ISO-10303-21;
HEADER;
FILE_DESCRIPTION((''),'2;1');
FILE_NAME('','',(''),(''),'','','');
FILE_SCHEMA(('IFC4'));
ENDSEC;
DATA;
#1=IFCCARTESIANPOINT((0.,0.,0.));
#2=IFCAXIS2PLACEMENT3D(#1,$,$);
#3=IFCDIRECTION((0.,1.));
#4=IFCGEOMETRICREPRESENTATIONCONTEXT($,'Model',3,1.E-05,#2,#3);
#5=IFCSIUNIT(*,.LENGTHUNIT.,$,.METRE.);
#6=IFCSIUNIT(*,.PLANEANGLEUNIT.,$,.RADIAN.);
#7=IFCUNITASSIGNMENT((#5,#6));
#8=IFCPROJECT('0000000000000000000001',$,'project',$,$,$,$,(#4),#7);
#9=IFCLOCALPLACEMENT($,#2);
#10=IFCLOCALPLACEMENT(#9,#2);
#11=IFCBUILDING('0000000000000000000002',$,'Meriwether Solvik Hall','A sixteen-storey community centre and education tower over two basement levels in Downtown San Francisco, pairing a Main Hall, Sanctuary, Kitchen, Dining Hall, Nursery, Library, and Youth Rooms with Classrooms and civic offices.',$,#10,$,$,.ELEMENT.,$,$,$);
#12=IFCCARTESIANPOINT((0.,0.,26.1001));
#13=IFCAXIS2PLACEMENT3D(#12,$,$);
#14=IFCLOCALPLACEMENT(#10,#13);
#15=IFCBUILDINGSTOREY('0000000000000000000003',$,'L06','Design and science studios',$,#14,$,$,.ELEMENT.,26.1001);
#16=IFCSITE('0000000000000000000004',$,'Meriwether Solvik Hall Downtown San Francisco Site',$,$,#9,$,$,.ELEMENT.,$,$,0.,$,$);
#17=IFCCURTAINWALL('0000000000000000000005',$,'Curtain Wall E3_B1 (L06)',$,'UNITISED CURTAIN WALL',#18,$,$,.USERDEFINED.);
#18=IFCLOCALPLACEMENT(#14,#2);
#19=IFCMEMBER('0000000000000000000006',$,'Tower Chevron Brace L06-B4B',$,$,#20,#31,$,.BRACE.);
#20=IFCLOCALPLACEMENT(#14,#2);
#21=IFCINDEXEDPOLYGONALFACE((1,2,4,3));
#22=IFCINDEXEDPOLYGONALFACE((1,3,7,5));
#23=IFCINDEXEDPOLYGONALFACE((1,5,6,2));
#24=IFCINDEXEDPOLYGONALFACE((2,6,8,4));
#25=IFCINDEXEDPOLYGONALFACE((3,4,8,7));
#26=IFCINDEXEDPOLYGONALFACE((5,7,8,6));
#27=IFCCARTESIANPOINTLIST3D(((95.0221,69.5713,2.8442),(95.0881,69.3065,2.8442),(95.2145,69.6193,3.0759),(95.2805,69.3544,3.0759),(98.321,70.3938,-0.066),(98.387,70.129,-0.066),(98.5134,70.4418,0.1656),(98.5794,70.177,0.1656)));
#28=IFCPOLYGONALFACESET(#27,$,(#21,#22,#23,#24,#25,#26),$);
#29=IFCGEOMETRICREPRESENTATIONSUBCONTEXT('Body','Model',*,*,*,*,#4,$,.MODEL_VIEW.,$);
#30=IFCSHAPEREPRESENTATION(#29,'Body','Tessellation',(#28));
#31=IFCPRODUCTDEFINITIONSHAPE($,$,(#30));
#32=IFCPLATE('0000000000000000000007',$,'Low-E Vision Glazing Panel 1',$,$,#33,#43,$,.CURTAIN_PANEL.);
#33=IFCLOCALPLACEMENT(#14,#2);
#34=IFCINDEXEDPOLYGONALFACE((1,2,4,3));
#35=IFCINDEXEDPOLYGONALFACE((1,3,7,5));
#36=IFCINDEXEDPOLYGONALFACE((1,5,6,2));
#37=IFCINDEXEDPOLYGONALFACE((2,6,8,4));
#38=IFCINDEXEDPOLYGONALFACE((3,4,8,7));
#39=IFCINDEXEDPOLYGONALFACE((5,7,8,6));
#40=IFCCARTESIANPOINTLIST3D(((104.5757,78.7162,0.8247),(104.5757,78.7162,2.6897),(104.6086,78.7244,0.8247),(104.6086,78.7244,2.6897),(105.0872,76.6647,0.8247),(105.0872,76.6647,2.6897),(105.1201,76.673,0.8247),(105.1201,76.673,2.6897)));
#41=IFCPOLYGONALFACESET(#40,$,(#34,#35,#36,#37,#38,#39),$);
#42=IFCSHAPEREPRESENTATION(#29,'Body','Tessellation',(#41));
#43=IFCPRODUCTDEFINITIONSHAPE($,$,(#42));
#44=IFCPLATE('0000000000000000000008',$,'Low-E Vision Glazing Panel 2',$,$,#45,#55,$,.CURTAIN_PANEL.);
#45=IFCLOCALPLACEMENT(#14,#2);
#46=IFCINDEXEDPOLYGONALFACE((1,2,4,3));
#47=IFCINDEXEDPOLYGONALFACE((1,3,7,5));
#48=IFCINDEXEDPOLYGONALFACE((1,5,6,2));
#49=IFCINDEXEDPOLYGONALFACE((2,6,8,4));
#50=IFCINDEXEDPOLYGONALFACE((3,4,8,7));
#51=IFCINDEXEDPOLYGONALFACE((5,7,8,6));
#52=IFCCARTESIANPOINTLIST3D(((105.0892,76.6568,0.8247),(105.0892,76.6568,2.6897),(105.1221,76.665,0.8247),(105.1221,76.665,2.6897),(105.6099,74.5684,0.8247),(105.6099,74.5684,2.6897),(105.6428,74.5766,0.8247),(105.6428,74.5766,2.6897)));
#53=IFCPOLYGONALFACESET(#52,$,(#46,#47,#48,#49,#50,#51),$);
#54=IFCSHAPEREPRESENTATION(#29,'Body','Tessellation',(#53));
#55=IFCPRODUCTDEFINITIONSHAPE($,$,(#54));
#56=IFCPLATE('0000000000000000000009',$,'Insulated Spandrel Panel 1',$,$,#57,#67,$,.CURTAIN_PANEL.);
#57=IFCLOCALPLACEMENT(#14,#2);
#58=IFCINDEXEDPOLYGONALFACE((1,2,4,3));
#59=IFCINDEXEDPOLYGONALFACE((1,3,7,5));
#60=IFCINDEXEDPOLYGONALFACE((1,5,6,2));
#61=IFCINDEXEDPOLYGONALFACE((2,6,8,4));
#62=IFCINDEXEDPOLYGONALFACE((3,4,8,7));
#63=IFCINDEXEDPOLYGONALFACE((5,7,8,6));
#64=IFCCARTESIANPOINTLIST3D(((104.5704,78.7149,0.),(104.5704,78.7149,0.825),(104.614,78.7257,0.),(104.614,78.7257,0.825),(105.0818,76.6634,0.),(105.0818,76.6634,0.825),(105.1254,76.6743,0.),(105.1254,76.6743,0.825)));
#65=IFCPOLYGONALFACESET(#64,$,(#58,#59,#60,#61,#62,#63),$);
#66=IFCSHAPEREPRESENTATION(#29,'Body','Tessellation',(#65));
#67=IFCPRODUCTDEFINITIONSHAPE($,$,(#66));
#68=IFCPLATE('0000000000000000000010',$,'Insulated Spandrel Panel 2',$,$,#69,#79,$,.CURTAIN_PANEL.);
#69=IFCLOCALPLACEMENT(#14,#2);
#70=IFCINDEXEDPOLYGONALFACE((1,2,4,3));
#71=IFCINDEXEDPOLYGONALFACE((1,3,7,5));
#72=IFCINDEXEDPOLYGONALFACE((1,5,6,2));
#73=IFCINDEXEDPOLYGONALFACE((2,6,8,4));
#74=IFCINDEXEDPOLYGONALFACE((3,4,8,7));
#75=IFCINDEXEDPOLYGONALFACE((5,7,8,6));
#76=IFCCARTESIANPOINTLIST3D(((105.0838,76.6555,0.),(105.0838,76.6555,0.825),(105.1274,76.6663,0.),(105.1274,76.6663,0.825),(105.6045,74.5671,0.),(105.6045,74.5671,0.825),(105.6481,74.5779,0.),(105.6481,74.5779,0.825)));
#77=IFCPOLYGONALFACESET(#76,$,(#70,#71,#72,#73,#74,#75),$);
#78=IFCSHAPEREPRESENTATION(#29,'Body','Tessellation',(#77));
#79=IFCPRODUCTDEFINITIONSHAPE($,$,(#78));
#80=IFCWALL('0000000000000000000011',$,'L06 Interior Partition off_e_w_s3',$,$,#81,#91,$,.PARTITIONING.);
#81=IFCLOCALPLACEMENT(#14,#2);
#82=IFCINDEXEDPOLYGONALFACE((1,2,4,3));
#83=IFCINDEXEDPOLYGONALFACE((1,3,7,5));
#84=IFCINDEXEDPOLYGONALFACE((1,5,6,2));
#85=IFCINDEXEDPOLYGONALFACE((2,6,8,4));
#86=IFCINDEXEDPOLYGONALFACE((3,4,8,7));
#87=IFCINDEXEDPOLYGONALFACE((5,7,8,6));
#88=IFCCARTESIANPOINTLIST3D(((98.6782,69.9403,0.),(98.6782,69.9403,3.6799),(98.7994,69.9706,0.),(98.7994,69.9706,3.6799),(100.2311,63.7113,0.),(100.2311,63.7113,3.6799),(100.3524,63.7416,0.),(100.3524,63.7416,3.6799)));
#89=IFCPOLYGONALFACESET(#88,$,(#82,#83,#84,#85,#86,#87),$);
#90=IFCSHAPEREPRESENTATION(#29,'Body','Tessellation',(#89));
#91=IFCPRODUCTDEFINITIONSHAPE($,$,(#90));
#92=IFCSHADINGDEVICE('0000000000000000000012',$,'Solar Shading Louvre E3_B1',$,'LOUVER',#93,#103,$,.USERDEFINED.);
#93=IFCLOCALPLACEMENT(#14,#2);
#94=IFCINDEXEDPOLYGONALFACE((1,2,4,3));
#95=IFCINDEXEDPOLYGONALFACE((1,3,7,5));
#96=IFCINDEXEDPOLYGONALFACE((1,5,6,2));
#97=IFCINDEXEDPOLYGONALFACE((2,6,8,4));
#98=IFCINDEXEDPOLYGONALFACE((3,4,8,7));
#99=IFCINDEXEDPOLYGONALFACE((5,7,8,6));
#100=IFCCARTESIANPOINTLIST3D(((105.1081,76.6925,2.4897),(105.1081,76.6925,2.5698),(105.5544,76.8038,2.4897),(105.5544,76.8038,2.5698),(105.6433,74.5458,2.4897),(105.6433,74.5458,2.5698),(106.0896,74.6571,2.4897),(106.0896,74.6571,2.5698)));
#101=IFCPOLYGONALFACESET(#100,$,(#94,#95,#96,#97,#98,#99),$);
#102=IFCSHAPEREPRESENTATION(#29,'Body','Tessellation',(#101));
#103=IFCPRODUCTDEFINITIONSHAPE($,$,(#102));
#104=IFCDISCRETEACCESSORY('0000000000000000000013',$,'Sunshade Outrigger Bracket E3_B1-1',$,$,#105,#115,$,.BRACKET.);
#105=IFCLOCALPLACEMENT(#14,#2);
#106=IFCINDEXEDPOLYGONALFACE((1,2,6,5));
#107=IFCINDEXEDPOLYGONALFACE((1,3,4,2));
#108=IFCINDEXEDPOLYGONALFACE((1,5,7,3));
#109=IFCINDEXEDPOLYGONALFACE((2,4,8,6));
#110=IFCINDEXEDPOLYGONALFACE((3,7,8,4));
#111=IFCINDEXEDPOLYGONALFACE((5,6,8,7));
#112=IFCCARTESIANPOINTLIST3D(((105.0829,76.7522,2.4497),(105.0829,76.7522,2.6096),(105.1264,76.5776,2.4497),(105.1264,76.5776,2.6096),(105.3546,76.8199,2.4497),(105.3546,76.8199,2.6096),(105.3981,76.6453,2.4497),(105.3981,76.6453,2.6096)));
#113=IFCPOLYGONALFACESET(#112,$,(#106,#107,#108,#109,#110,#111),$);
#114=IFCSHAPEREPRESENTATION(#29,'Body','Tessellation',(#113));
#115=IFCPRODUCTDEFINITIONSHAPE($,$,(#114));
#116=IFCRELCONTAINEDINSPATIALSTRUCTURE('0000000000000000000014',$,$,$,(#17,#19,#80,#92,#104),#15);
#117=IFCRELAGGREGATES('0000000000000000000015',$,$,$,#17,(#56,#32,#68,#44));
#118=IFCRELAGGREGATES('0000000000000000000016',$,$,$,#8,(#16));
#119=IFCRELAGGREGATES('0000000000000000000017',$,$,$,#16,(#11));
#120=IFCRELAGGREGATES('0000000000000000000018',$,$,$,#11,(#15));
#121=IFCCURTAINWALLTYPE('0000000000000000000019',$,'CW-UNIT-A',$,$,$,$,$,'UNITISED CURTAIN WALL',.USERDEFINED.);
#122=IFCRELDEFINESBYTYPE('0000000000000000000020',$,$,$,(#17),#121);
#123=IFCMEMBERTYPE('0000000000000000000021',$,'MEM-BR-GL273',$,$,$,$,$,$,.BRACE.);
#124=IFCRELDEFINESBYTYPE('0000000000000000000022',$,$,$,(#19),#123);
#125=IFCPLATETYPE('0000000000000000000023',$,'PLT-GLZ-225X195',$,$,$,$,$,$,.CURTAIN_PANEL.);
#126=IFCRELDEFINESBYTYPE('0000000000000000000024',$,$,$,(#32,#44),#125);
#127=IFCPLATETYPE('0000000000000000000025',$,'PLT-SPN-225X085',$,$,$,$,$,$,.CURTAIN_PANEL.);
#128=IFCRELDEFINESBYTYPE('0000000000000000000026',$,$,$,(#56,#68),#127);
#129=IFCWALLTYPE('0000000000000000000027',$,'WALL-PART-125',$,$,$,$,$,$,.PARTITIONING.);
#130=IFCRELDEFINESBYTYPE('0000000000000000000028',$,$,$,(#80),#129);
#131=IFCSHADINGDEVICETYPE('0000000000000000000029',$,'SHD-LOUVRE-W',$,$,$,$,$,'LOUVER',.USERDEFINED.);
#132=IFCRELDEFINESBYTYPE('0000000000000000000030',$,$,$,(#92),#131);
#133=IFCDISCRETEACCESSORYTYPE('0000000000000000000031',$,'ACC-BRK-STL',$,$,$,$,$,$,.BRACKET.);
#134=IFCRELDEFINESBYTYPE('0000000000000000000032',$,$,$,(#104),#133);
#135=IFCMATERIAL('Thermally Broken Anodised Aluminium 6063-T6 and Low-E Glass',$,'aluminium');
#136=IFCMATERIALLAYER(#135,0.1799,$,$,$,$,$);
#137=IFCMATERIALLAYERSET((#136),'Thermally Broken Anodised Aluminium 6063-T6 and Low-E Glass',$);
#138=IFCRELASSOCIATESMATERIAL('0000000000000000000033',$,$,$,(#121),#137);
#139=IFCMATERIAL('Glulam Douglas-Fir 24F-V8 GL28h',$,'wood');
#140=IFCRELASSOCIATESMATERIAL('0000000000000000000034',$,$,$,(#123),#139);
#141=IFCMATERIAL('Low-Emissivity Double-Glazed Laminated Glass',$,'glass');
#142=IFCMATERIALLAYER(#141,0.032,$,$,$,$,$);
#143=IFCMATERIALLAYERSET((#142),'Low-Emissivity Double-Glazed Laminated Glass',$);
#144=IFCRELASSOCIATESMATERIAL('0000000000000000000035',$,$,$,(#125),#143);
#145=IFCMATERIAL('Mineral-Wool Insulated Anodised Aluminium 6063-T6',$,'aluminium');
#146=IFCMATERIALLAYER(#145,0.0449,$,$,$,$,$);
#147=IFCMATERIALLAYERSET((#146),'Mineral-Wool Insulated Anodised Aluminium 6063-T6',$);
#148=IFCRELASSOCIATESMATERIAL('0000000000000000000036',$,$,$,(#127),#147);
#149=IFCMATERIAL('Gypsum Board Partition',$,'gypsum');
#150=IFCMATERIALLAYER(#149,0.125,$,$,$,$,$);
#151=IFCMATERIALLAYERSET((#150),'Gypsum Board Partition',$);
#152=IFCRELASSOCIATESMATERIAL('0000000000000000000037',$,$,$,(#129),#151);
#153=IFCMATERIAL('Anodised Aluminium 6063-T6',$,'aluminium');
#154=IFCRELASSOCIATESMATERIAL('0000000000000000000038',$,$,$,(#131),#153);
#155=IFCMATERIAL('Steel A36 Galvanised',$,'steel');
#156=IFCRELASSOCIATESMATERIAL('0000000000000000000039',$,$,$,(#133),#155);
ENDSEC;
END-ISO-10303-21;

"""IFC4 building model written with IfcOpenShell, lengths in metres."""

from ifc_helpers import new_model, si_unit, direction, frame, frame_2d, origin, origin_2d, place, context, subcontext, project, spatial, rectangle, extrude, material, layer, layer_set, material_profile, profile_set, type_object, element, aggregate, save


model = new_model("IFC4")

# Units and contexts
model_context = context("Model", 3, precision=1e-05, world=origin(), true_north=direction((0.0, 1.0)))
body_context = subcontext(model_context, "Body", "Model", "MODEL_VIEW")
ifc_project = project(units=[si_unit("LENGTHUNIT", "METRE"), si_unit("PLANEANGLEUNIT", "RADIAN")], contexts=[model_context])

# Site, building, storey
site_placement = place(None, origin())
site = spatial("IfcSite", under=ifc_project, at=site_placement, Name="Meriwether Solvik Hall Downtown San Francisco Site", CompositionType="ELEMENT", RefElevation=0.0)
building_placement = place(site_placement, origin())
building = spatial("IfcBuilding", under=site, at=building_placement, Name="Meriwether Solvik Hall", Description="A sixteen-storey community centre and education tower over two basement levels in Downtown San Francisco, pairing a Main Hall, Sanctuary, Kitchen, Dining Hall, Nursery, Library, and Youth Rooms with Classrooms and civic offices.", CompositionType="ELEMENT")
storey_placement = place(building_placement, frame((0.0, 0.0, 26.1001)))
storey = spatial("IfcBuildingStorey", under=building, at=storey_placement, Name="L06", Description="Design and science studios", CompositionType="ELEMENT", Elevation=26.1001)

# Curtain wall
ifc_material_1 = material(Name="Thermally Broken Anodised Aluminium 6063-T6 and Low-E Glass", Category="aluminium")
ifc_layer_1 = layer(ifc_material_1, 0.1799)
ifc_layer_set_1 = layer_set([ifc_layer_1], Name="Thermally Broken Anodised Aluminium 6063-T6 and Low-E Glass")
curtain_wall_type = type_object("IfcCurtainWallType", Name="CW-UNIT-A", ElementType="UNITISED CURTAIN WALL", PredefinedType="USERDEFINED", material=ifc_layer_set_1)
curtain_wall_placement = place(storey_placement, origin())
curtain_wall = element("IfcCurtainWall", 1, at=curtain_wall_placement, inside=storey, type_object=curtain_wall_type, Name="Curtain Wall E3_B1 (L06)", ObjectType="UNITISED CURTAIN WALL", PredefinedType="USERDEFINED")

# Member
ifc_material_2 = material(Name="Glulam Douglas-Fir 24F-V8 GL28h", Category="wood")
ifc_material_profile_1 = material_profile(ifc_material_2, rectangle(XDim=0.2729, YDim=0.3049, at=origin_2d()), Name="GLM-273X305")
ifc_profile_set_1 = profile_set([ifc_material_profile_1], Name="Glulam Douglas-Fir 24F-V8 GL28h")
member_type_1 = type_object("IfcMemberType", Name="MEM-BR-GL273", PredefinedType="BRACE", material=ifc_profile_set_1)
member_1_placement = place(storey_placement, frame((98.4502, 70.2854, 0.0498), z_axis=(-0.737128, -0.183791, 0.650279), x_axis=(0.241927, -0.970294, 0.0)))
element("IfcMember", 2, at=member_1_placement, inside=storey, type_object=member_type_1, Name="Tower Chevron Brace L06-B4B", PredefinedType="BRACE", context=body_context, shape_type="SweptSolid", body=[
    extrude(rectangle(XDim=0.2729, YDim=0.3049, at=origin_2d()), origin(), (0.0, 0.0, 1.0), 4.4753),
])

# Plates
ifc_material_3 = material(Name="Low-Emissivity Double-Glazed Laminated Glass", Category="glass")
ifc_layer_2 = layer(ifc_material_3, 0.032)
ifc_layer_set_2 = layer_set([ifc_layer_2], Name="Low-Emissivity Double-Glazed Laminated Glass")
plate_type_1 = type_object("IfcPlateType", Name="PLT-GLZ-225X195", PredefinedType="CURTAIN_PANEL", material=ifc_layer_set_2)
plate_1_placement = place(storey_placement, frame((104.8479, 77.6946, 0.8247), z_axis=(0.0, 0.0, 1.0), x_axis=(0.241922, -0.970296, 0.0)))
plate_1 = element("IfcPlate", 3, at=plate_1_placement, type_object=plate_type_1, Name="Low-E Vision Glazing Panel 1", PredefinedType="CURTAIN_PANEL", context=body_context, shape_type="SweptSolid", body=[
    extrude(rectangle(XDim=2.1143, YDim=0.0339, at=origin_2d()), origin(), (0.0, 0.0, 1.0), 1.865),
])
plate_2_placement = place(storey_placement, frame((105.366, 75.6167, 0.8247), z_axis=(0.0, 0.0, 1.0), x_axis=(0.241922, -0.970296, 0.0)))
plate_2 = element("IfcPlate", 4, at=plate_2_placement, type_object=plate_type_1, Name="Low-E Vision Glazing Panel 2", PredefinedType="CURTAIN_PANEL", context=body_context, shape_type="SweptSolid", body=[
    extrude(rectangle(XDim=2.1523, YDim=0.0339, at=origin_2d()), origin(), (0.0, 0.0, 1.0), 1.865),
])
ifc_material_4 = material(Name="Mineral-Wool Insulated Anodised Aluminium 6063-T6", Category="aluminium")
ifc_layer_3 = layer(ifc_material_4, 0.0449)
ifc_layer_set_3 = layer_set([ifc_layer_3], Name="Mineral-Wool Insulated Anodised Aluminium 6063-T6")
plate_type_2 = type_object("IfcPlateType", Name="PLT-SPN-225X085", PredefinedType="CURTAIN_PANEL", material=ifc_layer_set_3)
plate_3_placement = place(storey_placement, frame((104.8479, 77.6946, 0.0), z_axis=(0.0, 0.0, 1.0), x_axis=(0.241922, -0.970296, 0.0)))
plate_3 = element("IfcPlate", 5, at=plate_3_placement, type_object=plate_type_2, Name="Insulated Spandrel Panel 1", PredefinedType="CURTAIN_PANEL", context=body_context, shape_type="SweptSolid", body=[
    extrude(rectangle(XDim=2.1143, YDim=0.0449, at=origin_2d()), origin(), (0.0, 0.0, 1.0), 0.825),
])
plate_4_placement = place(storey_placement, frame((105.366, 75.6167, 0.0), z_axis=(0.0, 0.0, 1.0), x_axis=(0.241922, -0.970296, 0.0)))
plate_4 = element("IfcPlate", 6, at=plate_4_placement, type_object=plate_type_2, Name="Insulated Spandrel Panel 2", PredefinedType="CURTAIN_PANEL", context=body_context, shape_type="SweptSolid", body=[
    extrude(rectangle(XDim=2.1523, YDim=0.0449, at=origin_2d()), origin(), (0.0, 0.0, 1.0), 0.825),
])
aggregate(curtain_wall, [plate_3, plate_1, plate_4, plate_2])

# Wall
ifc_material_5 = material(Name="Gypsum Board Partition", Category="gypsum")
ifc_layer_4 = layer(ifc_material_5, 0.125)
ifc_layer_set_4 = layer_set([ifc_layer_4], Name="Gypsum Board Partition")
wall_type = type_object("IfcWallType", Name="WALL-PART-125", PredefinedType="PARTITIONING", material=ifc_layer_set_4)
wall_placement = place(storey_placement, frame((98.7388, 69.9556, 0.0), z_axis=(0.0, 0.0, 1.0), x_axis=(0.241909, -0.970299, 0.0)))
element("IfcWall", 7, at=wall_placement, inside=storey, type_object=wall_type, Name="L06 Interior Partition off_e_w_s3", PredefinedType="PARTITIONING", context=body_context, shape_type="SweptSolid", body=[
    extrude(rectangle(XDim=6.4197, YDim=0.125, at=frame_2d((3.21, 0.0))), origin(), (0.0, 0.0, 1.0), 3.6799),
])

# Shading device
ifc_material_6 = material(Name="Anodised Aluminium 6063-T6", Category="aluminium")
shading_device_type = type_object("IfcShadingDeviceType", Name="SHD-LOUVRE-W", ElementType="LOUVER", PredefinedType="USERDEFINED", material=ifc_material_6)
shading_device_placement = place(storey_placement, frame((105.5989, 75.6748, 2.4897), z_axis=(0.0, 0.0, 1.0), x_axis=(0.241922, -0.970296, 0.0)))
element("IfcShadingDevice", 8, at=shading_device_placement, inside=storey, type_object=shading_device_type, Name="Solar Shading Louvre E3_B1", ObjectType="LOUVER", PredefinedType="USERDEFINED", context=body_context, shape_type="SweptSolid", body=[
    extrude(rectangle(XDim=2.2124, YDim=0.46, at=origin_2d()), origin(), (0.0, 0.0, 1.0), 0.0801),
])

# Discrete accessory
ifc_material_7 = material(Name="Steel A36 Galvanised", Category="steel")
discrete_accessory_type = type_object("IfcDiscreteAccessoryType", Name="ACC-BRK-STL", PredefinedType="BRACKET", material=ifc_material_7)
discrete_accessory_placement = place(storey_placement, frame((105.2405, 76.6987, 2.4497), z_axis=(0.0, 0.0, 1.0), x_axis=(0.241922, -0.970296, 0.0)))
element("IfcDiscreteAccessory", 9, at=discrete_accessory_placement, inside=storey, type_object=discrete_accessory_type, Name="Sunshade Outrigger Bracket E3_B1-1", PredefinedType="BRACKET", context=body_context, shape_type="SweptSolid", body=[
    extrude(rectangle(XDim=0.1799, YDim=0.28, at=origin_2d()), origin(), (0.0, 0.0, 1.0), 0.1599),
])

save(model, "model.ifc")
